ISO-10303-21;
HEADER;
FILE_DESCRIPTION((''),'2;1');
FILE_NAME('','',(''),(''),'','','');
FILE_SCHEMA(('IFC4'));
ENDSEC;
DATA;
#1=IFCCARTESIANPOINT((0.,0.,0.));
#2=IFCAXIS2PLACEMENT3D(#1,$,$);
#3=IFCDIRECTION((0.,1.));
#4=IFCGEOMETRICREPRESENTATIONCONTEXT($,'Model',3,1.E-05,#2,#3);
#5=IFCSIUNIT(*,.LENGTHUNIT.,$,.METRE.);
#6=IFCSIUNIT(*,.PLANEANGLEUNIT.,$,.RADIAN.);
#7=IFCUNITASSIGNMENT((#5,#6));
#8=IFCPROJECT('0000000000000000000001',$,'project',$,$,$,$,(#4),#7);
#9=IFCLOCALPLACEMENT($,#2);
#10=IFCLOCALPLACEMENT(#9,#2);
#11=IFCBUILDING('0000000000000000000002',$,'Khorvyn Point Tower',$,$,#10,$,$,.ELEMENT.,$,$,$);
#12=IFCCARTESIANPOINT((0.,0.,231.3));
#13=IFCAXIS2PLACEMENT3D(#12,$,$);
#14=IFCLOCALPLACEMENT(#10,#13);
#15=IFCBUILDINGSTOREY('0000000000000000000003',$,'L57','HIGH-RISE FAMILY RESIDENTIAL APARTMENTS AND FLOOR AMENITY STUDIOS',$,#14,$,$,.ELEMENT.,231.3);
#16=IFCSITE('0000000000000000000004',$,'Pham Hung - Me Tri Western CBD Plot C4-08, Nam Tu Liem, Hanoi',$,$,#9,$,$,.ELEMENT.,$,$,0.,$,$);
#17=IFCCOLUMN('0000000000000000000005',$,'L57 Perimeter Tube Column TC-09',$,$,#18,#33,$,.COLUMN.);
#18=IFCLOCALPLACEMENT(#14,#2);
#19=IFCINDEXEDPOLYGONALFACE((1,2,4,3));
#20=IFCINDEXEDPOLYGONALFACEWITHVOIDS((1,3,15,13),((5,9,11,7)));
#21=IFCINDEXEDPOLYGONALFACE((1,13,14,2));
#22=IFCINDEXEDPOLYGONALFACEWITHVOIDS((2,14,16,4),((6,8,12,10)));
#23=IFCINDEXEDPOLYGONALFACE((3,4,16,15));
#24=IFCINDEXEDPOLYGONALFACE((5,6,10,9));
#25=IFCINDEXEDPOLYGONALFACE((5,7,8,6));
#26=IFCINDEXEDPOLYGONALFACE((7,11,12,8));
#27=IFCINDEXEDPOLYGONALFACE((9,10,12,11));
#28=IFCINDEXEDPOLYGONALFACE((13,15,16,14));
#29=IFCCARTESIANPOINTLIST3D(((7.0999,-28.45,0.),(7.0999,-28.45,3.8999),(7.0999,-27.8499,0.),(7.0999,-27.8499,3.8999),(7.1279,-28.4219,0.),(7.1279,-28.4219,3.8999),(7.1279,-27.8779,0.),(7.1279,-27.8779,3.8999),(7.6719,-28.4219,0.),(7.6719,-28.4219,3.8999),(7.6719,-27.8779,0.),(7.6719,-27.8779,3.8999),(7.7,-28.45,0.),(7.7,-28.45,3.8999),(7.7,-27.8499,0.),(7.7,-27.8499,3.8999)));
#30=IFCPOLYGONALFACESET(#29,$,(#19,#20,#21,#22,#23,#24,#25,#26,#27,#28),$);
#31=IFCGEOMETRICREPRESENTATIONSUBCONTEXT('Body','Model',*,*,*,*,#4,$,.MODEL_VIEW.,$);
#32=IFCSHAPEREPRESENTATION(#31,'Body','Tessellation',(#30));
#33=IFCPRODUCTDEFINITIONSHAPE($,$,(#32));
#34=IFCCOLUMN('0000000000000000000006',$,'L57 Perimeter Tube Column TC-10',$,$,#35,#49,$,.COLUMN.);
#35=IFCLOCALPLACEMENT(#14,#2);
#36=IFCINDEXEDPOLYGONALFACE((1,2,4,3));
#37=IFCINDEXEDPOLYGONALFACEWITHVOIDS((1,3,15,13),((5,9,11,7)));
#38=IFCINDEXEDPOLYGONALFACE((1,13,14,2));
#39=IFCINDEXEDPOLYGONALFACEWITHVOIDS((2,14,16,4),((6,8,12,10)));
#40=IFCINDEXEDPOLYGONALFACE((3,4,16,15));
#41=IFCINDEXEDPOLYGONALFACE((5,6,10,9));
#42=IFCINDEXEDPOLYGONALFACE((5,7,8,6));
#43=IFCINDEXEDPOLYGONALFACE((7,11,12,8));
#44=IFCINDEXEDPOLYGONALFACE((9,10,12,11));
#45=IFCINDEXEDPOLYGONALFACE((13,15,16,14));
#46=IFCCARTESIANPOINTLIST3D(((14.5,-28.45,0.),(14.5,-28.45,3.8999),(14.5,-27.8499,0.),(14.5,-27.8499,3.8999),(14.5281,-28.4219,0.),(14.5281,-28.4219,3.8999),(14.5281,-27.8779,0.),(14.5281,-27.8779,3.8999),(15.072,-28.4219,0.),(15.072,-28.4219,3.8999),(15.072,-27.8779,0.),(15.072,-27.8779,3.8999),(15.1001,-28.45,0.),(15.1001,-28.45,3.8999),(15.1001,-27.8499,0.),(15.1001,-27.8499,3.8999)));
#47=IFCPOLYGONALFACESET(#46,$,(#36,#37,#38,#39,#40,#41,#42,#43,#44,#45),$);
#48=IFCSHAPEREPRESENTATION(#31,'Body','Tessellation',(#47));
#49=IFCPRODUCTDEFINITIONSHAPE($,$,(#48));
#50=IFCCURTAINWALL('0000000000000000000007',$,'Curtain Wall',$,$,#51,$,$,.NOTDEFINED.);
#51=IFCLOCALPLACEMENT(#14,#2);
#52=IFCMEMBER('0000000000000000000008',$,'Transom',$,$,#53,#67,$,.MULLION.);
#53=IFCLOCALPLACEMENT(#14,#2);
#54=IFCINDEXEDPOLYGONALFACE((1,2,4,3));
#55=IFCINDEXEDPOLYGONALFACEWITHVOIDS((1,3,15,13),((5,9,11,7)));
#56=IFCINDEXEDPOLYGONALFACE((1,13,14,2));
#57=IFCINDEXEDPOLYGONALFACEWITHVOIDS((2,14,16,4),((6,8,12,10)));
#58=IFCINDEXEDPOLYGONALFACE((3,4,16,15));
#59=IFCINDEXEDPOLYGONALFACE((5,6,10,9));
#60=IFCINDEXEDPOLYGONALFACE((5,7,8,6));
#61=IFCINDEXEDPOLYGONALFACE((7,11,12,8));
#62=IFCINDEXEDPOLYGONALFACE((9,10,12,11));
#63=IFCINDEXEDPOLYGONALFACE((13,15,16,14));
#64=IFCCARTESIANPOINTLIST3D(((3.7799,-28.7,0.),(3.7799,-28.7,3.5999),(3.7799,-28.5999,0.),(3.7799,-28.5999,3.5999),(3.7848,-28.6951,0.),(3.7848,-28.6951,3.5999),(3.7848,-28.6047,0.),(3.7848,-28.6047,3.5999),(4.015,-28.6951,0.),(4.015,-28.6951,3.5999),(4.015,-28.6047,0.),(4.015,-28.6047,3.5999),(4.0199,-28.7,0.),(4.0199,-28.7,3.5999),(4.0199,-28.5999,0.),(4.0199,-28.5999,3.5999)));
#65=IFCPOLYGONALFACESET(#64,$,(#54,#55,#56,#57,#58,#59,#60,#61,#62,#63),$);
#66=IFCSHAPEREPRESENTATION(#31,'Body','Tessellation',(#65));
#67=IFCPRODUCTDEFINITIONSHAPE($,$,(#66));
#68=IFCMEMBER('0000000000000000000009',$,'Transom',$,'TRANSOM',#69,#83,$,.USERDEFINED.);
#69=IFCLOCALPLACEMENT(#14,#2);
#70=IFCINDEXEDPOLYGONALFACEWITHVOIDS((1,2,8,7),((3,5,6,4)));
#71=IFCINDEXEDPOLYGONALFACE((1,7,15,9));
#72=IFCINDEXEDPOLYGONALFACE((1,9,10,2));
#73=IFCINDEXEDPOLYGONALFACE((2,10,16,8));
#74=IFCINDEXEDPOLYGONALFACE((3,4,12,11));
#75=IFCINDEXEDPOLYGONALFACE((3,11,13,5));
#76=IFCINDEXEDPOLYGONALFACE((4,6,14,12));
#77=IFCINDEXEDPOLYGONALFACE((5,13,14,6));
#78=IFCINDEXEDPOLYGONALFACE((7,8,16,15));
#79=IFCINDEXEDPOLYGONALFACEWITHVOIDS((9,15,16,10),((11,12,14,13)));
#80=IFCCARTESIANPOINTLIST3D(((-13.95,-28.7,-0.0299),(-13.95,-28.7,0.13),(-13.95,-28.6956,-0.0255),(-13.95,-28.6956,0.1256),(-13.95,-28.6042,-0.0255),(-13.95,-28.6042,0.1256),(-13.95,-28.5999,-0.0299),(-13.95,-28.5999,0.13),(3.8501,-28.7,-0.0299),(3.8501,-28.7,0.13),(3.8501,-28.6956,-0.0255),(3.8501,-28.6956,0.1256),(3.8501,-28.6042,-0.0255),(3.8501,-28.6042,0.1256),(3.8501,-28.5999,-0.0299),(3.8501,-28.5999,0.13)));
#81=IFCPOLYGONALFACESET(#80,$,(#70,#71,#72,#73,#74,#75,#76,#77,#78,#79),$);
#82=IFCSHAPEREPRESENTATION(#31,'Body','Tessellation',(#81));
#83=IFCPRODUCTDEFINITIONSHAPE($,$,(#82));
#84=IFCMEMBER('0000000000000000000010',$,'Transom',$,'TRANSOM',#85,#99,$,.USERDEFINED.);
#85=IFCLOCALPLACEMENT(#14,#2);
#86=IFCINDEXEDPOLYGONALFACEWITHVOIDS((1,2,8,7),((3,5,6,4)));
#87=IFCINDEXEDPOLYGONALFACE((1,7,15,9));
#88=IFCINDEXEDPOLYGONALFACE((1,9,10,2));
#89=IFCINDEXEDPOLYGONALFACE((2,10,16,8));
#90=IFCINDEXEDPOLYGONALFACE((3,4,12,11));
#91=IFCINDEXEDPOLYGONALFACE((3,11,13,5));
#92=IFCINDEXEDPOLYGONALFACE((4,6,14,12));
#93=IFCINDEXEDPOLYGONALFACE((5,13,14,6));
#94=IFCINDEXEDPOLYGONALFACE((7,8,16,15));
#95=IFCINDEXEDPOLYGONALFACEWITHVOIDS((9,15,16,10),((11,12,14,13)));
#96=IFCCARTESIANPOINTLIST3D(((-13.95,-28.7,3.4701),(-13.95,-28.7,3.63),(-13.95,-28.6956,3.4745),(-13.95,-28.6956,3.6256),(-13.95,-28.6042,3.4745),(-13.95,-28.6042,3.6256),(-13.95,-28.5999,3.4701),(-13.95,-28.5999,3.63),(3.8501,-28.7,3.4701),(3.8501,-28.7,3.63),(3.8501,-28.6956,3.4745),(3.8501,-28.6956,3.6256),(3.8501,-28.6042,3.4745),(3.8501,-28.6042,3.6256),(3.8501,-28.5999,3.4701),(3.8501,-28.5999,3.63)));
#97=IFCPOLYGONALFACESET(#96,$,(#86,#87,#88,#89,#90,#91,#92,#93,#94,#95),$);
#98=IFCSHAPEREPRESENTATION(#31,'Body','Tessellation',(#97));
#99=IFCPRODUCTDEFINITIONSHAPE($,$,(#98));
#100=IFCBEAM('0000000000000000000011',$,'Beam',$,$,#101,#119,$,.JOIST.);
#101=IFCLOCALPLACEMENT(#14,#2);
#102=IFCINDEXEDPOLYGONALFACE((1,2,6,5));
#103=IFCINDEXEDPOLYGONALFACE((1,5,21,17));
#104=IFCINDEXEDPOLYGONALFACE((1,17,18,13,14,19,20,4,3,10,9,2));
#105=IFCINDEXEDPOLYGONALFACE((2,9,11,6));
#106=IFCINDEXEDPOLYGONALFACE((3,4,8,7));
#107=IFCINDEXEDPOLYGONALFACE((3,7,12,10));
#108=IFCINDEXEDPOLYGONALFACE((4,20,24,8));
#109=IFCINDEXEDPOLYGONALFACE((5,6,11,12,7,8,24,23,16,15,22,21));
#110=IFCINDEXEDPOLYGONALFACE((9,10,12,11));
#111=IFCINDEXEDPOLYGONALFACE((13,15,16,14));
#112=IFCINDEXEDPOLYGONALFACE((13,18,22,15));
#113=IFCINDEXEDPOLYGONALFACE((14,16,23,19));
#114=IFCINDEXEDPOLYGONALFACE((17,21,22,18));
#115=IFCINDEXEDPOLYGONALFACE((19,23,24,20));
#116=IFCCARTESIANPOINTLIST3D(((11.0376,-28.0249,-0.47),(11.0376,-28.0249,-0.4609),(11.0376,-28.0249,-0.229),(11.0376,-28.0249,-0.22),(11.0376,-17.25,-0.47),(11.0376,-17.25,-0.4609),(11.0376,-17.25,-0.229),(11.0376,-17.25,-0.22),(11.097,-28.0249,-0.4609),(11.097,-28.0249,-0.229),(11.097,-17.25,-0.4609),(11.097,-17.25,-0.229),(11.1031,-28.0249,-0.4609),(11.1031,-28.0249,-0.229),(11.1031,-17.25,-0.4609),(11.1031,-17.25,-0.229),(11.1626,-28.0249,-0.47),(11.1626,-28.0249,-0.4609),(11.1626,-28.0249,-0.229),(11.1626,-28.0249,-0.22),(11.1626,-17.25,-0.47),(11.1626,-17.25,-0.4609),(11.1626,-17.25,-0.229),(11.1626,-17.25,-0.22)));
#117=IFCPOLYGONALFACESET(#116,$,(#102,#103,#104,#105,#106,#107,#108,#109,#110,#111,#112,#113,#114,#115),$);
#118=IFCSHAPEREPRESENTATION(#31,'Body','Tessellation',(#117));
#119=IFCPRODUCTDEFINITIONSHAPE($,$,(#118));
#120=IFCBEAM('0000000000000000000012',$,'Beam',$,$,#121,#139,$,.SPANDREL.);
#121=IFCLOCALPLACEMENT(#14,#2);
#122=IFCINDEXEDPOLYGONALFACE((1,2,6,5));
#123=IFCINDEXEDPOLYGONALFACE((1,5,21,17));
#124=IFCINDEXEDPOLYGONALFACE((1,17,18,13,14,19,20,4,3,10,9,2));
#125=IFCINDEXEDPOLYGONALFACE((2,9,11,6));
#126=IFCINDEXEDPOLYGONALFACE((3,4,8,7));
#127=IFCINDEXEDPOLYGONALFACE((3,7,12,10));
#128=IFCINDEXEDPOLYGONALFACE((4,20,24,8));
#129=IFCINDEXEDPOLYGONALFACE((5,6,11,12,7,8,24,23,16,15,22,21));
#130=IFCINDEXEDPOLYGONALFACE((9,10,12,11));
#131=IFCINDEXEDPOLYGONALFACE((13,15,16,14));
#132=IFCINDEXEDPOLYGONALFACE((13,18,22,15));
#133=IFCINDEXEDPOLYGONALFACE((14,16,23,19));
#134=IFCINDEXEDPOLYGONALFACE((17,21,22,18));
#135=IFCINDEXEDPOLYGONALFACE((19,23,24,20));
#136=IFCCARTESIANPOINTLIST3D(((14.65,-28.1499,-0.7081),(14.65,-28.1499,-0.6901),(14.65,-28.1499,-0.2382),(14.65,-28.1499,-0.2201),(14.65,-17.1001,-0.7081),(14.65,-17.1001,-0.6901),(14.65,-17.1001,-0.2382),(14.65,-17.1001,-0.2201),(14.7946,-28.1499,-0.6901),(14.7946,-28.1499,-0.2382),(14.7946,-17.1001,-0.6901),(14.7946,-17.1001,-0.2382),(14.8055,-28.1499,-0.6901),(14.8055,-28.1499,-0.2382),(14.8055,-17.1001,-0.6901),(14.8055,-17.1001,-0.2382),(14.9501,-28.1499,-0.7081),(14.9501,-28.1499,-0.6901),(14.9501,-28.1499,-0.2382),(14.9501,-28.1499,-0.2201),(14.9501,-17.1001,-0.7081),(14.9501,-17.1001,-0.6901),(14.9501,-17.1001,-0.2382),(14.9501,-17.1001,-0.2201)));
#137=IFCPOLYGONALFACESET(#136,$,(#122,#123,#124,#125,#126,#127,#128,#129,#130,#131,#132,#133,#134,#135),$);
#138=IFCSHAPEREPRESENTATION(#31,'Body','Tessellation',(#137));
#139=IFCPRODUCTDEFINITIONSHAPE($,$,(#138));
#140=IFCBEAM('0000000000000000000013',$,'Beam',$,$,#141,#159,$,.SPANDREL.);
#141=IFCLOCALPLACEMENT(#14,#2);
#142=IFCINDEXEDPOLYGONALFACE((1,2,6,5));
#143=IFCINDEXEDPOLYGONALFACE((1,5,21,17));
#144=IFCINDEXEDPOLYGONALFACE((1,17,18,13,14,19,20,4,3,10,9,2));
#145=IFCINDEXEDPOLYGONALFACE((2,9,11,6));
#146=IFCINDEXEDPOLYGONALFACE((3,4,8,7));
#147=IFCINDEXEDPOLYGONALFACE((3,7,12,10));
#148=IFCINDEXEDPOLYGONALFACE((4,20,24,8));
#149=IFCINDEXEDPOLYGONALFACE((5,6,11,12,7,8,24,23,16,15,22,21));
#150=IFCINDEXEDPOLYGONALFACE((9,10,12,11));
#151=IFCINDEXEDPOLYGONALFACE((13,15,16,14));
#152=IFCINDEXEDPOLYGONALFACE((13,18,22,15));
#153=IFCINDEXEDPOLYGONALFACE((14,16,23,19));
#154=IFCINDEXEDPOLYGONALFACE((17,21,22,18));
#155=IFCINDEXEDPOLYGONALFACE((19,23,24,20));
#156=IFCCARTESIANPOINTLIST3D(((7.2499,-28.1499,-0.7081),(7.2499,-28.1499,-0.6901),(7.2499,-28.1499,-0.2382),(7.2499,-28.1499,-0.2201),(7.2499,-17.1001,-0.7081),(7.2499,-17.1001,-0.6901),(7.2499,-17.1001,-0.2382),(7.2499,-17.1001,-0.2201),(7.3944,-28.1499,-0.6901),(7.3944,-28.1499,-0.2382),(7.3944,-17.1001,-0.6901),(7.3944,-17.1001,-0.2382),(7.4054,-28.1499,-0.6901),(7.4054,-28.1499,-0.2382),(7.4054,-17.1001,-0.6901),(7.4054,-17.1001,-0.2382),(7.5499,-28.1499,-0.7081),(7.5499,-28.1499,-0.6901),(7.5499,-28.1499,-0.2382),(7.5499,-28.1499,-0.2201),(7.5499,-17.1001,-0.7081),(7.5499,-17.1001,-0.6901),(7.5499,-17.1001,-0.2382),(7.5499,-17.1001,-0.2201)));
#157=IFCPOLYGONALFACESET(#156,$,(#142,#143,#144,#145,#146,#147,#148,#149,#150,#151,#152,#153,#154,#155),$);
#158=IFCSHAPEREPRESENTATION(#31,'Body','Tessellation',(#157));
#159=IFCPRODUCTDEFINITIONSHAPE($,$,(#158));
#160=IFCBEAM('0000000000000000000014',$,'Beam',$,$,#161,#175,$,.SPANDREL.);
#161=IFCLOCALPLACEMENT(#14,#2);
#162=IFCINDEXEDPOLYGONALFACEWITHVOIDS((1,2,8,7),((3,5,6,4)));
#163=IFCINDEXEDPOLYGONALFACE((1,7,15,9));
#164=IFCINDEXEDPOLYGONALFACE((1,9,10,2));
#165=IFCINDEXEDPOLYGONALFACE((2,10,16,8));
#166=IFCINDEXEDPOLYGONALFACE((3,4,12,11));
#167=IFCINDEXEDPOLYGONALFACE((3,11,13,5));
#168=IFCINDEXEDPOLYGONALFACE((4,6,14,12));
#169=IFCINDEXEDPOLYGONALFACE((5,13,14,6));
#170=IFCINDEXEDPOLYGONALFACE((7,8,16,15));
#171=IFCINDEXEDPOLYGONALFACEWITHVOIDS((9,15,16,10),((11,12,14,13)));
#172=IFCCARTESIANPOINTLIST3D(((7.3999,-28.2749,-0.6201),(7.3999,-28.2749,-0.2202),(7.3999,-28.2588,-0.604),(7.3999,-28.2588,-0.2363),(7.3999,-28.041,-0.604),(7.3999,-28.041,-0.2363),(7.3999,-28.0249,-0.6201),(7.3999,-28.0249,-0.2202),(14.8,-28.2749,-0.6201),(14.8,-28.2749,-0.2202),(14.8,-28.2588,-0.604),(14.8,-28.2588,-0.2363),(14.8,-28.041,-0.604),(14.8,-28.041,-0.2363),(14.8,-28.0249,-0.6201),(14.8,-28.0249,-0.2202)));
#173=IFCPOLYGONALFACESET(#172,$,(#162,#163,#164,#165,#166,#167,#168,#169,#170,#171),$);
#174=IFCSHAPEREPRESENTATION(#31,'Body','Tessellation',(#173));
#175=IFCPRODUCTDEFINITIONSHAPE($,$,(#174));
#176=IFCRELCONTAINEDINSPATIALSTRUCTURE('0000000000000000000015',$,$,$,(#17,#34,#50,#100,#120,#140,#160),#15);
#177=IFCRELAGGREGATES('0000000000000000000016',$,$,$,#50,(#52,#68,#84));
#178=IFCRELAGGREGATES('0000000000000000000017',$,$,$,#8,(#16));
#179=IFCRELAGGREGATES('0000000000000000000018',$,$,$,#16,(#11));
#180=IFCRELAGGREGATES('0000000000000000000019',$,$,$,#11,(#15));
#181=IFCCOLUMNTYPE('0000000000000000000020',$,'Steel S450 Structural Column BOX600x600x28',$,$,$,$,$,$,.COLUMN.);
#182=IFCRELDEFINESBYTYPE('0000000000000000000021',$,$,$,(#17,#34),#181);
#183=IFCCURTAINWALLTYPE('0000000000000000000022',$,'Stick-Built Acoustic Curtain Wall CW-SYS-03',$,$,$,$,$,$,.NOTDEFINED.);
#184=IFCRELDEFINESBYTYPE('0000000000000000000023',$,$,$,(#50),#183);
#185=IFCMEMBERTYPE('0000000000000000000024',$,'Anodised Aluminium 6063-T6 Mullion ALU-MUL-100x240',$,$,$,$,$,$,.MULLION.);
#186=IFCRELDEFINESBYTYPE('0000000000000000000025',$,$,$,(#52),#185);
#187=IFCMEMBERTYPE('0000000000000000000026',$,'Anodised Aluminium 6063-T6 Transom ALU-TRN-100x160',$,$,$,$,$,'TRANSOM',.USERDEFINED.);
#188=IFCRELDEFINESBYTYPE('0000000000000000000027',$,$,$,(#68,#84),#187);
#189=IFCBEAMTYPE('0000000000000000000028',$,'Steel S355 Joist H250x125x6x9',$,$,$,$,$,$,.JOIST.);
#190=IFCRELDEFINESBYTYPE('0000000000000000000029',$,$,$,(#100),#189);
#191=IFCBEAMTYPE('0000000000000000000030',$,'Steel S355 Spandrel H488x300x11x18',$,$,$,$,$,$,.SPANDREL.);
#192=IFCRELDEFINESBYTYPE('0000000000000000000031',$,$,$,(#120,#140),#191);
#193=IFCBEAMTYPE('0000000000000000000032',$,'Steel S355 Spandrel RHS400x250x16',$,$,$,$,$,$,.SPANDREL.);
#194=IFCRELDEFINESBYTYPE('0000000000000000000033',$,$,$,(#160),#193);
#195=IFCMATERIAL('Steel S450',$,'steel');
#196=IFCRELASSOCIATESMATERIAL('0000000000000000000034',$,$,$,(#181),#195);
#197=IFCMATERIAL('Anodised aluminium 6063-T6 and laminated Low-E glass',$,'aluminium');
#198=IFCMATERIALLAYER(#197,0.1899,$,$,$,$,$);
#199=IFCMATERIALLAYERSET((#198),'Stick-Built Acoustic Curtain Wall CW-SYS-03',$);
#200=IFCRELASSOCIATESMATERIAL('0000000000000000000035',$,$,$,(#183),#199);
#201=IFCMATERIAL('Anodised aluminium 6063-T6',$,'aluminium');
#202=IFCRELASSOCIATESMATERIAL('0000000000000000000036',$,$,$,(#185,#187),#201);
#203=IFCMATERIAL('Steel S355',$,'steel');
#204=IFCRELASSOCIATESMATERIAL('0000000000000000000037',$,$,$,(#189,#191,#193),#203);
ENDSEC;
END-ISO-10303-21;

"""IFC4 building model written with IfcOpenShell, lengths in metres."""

from ifc_helpers import new_model, si_unit, direction, frame, origin, origin_2d, place, context, subcontext, project, spatial, hollow_rectangle, i_section, extrude, material, layer, layer_set, material_profile, profile_set, type_object, element, aggregate, save


model = new_model("IFC4")

# Units and contexts
model_context = context("Model", 3, precision=1e-05, world=origin(), true_north=direction((0.0, 1.0)))
body_context = subcontext(model_context, "Body", "Model", "MODEL_VIEW")
ifc_project = project(units=[si_unit("LENGTHUNIT", "METRE"), si_unit("PLANEANGLEUNIT", "RADIAN")], contexts=[model_context])

# Site, building, storey
site_placement = place(None, origin())
site = spatial("IfcSite", under=ifc_project, at=site_placement, Name="Pham Hung - Me Tri Western CBD Plot C4-08, Nam Tu Liem, Hanoi", CompositionType="ELEMENT", RefElevation=0.0)
building_placement = place(site_placement, origin())
building = spatial("IfcBuilding", under=site, at=building_placement, Name="Khorvyn Point Tower", CompositionType="ELEMENT")
storey_placement = place(building_placement, frame((0.0, 0.0, 231.3)))
storey = spatial("IfcBuildingStorey", under=building, at=storey_placement, Name="L57", Description="HIGH-RISE FAMILY RESIDENTIAL APARTMENTS AND FLOOR AMENITY STUDIOS", CompositionType="ELEMENT", Elevation=231.3)

# Columns
ifc_material_1 = material(Name="Steel S450", Category="steel")
ifc_material_profile_1 = material_profile(ifc_material_1, hollow_rectangle(XDim=0.6001, YDim=0.6001, WallThickness=0.0281, at=origin_2d()))
ifc_profile_set_1 = profile_set([ifc_material_profile_1], Name="Steel S450 BOX600x600x28")
column_type = type_object("IfcColumnType", Name="Steel S450 Structural Column BOX600x600x28", PredefinedType="COLUMN", material=ifc_profile_set_1)
for number, where, z_axis, x_axis, name in (
    (1, (7.3999, -28.1499, 0.0), (0.0, 0.0, 1.0), (1.0, 0.0, 0.0), "L57 Perimeter Tube Column TC-09"),
    (2, (14.8, -28.1499, 0.0), (0.0, 0.0, 1.0), (1.0, 0.0, 0.0), "L57 Perimeter Tube Column TC-10"),
):
    element("IfcColumn", number, at=place(storey_placement, frame(where, z_axis=z_axis, x_axis=x_axis)), inside=storey, type_object=column_type, Name=name, PredefinedType="COLUMN", context=body_context, shape_type="SweptSolid", body=[
        extrude(hollow_rectangle(XDim=0.6001, YDim=0.6001, WallThickness=0.0281, at=origin_2d()), origin(), (0.0, 0.0, 1.0), 3.8999),
    ])

# Curtain wall, members
ifc_material_2 = material(Name="Anodised aluminium 6063-T6 and laminated Low-E glass", Category="aluminium")
ifc_layer_1 = layer(ifc_material_2, 0.1899)
ifc_layer_set_1 = layer_set([ifc_layer_1], Name="Stick-Built Acoustic Curtain Wall CW-SYS-03")
curtain_wall_type = type_object("IfcCurtainWallType", Name="Stick-Built Acoustic Curtain Wall CW-SYS-03", PredefinedType="NOTDEFINED", material=ifc_layer_set_1)
curtain_wall_placement = place(storey_placement, origin())
curtain_wall = element("IfcCurtainWall", 3, at=curtain_wall_placement, inside=storey, type_object=curtain_wall_type, Name="Curtain Wall", PredefinedType="NOTDEFINED")
ifc_material_3 = material(Name="Anodised aluminium 6063-T6", Category="aluminium")
ifc_material_profile_2 = material_profile(ifc_material_3, hollow_rectangle(XDim=0.1001, YDim=0.24, WallThickness=0.0049, at=origin_2d()))
ifc_profile_set_2 = profile_set([ifc_material_profile_2], Name="Anodised aluminium 6063-T6 ALU-MUL-100x240")
member_type_1 = type_object("IfcMemberType", Name="Anodised Aluminium 6063-T6 Mullion ALU-MUL-100x240", PredefinedType="MULLION", material=ifc_profile_set_2)
member_1_placement = place(storey_placement, frame((3.8999, -28.6499, 0.0), z_axis=(0.0, 0.0, 1.0), x_axis=(0.0, -1.0, 0.0)))
member_1 = element("IfcMember", 4, at=member_1_placement, type_object=member_type_1, Name="Transom", PredefinedType="MULLION", context=body_context, shape_type="SweptSolid", body=[
    extrude(hollow_rectangle(XDim=0.1001, YDim=0.24, WallThickness=0.0049, at=origin_2d()), origin(), (0.0, 0.0, 1.0), 3.5999),
])
ifc_material_profile_3 = material_profile(ifc_material_3, hollow_rectangle(XDim=0.1001, YDim=0.1599, WallThickness=0.0044, at=origin_2d()))
ifc_profile_set_3 = profile_set([ifc_material_profile_3], Name="Anodised aluminium 6063-T6 ALU-TRN-100x160")
member_type_2 = type_object("IfcMemberType", Name="Anodised Aluminium 6063-T6 Transom ALU-TRN-100x160", ElementType="TRANSOM", PredefinedType="USERDEFINED", material=ifc_profile_set_3)
member_2_placement = place(storey_placement, frame((3.8501, -28.6499, 0.05), z_axis=(-1.0, 0.0, 0.0), x_axis=(0.0, -1.0, 0.0)))
member_2 = element("IfcMember", 5, at=member_2_placement, type_object=member_type_2, Name="Transom", ObjectType="TRANSOM", PredefinedType="USERDEFINED", context=body_context, shape_type="SweptSolid", body=[
    extrude(hollow_rectangle(XDim=0.1001, YDim=0.1599, WallThickness=0.0044, at=origin_2d()), origin(), (0.0, 0.0, 1.0), 17.8),
])
member_3_placement = place(storey_placement, frame((3.8501, -28.6499, 3.55), z_axis=(-1.0, 0.0, 0.0), x_axis=(0.0, -1.0, 0.0)))
member_3 = element("IfcMember", 6, at=member_3_placement, type_object=member_type_2, Name="Transom", ObjectType="TRANSOM", PredefinedType="USERDEFINED", context=body_context, shape_type="SweptSolid", body=[
    extrude(hollow_rectangle(XDim=0.1001, YDim=0.1599, WallThickness=0.0044, at=origin_2d()), origin(), (0.0, 0.0, 1.0), 17.8),
])

# Beams
ifc_material_4 = material(Name="Steel S355", Category="steel")
ifc_material_profile_4 = material_profile(ifc_material_4, i_section(OverallWidth=0.125, OverallDepth=0.25, WebThickness=0.0061, FlangeThickness=0.009, at=origin_2d()))
ifc_profile_set_4 = profile_set([ifc_material_profile_4], Name="Steel S355 H250x125x6x9")
beam_type_1 = type_object("IfcBeamType", Name="Steel S355 Joist H250x125x6x9", PredefinedType="JOIST", material=ifc_profile_set_4)
beam_1_placement = place(storey_placement, frame((11.1001, -28.0249, -0.345), z_axis=(0.0, 1.0, 0.0), x_axis=(-1.0, 0.0, 0.0)))
element("IfcBeam", 7, at=beam_1_placement, inside=storey, type_object=beam_type_1, Name="Beam", PredefinedType="JOIST", context=body_context, shape_type="SweptSolid", body=[
    extrude(i_section(OverallWidth=0.125, OverallDepth=0.25, WebThickness=0.0061, FlangeThickness=0.009, at=origin_2d()), origin(), (0.0, 0.0, 1.0), 10.7749),
])
ifc_material_profile_5 = material_profile(ifc_material_4, i_section(OverallWidth=0.3, OverallDepth=0.488, WebThickness=0.011, FlangeThickness=0.0181, at=origin_2d()))
ifc_profile_set_5 = profile_set([ifc_material_profile_5], Name="Steel S355 H488x300x11x18")
beam_type_2 = type_object("IfcBeamType", Name="Steel S355 Spandrel H488x300x11x18", PredefinedType="SPANDREL", material=ifc_profile_set_5)
for number, where, z_axis, x_axis, name in (
    (8, (14.8, -28.1499, -0.4641), (0.0, 1.0, 0.0), (-1.0, 0.0, 0.0), "Beam"),
    (9, (7.3999, -28.1499, -0.4641), (0.0, 1.0, 0.0), (-1.0, 0.0, 0.0), "Beam"),
):
    element("IfcBeam", number, at=place(storey_placement, frame(where, z_axis=z_axis, x_axis=x_axis)), inside=storey, type_object=beam_type_2, Name=name, PredefinedType="SPANDREL", context=body_context, shape_type="SweptSolid", body=[
        extrude(i_section(OverallWidth=0.3, OverallDepth=0.488, WebThickness=0.011, FlangeThickness=0.0181, at=origin_2d()), origin(), (0.0, 0.0, 1.0), 11.0498),
    ])
ifc_material_profile_6 = material_profile(ifc_material_4, hollow_rectangle(XDim=0.25, YDim=0.3999, WallThickness=0.0161, at=origin_2d()))
ifc_profile_set_6 = profile_set([ifc_material_profile_6], Name="Steel S355 RHS400x250x16")
beam_type_3 = type_object("IfcBeamType", Name="Steel S355 Spandrel RHS400x250x16", PredefinedType="SPANDREL", material=ifc_profile_set_6)
beam_2_placement = place(storey_placement, frame((7.3999, -28.1499, -0.4202), z_axis=(1.0, 0.0, 0.0), x_axis=(0.0, 1.0, 0.0)))
element("IfcBeam", 10, at=beam_2_placement, inside=storey, type_object=beam_type_3, Name="Beam", PredefinedType="SPANDREL", context=body_context, shape_type="SweptSolid", body=[
    extrude(hollow_rectangle(XDim=0.25, YDim=0.3999, WallThickness=0.0161, at=origin_2d()), origin(), (0.0, 0.0, 1.0), 7.4001),
])

aggregate(curtain_wall, [member_1, member_2, member_3])

save(model, "model.ifc")
